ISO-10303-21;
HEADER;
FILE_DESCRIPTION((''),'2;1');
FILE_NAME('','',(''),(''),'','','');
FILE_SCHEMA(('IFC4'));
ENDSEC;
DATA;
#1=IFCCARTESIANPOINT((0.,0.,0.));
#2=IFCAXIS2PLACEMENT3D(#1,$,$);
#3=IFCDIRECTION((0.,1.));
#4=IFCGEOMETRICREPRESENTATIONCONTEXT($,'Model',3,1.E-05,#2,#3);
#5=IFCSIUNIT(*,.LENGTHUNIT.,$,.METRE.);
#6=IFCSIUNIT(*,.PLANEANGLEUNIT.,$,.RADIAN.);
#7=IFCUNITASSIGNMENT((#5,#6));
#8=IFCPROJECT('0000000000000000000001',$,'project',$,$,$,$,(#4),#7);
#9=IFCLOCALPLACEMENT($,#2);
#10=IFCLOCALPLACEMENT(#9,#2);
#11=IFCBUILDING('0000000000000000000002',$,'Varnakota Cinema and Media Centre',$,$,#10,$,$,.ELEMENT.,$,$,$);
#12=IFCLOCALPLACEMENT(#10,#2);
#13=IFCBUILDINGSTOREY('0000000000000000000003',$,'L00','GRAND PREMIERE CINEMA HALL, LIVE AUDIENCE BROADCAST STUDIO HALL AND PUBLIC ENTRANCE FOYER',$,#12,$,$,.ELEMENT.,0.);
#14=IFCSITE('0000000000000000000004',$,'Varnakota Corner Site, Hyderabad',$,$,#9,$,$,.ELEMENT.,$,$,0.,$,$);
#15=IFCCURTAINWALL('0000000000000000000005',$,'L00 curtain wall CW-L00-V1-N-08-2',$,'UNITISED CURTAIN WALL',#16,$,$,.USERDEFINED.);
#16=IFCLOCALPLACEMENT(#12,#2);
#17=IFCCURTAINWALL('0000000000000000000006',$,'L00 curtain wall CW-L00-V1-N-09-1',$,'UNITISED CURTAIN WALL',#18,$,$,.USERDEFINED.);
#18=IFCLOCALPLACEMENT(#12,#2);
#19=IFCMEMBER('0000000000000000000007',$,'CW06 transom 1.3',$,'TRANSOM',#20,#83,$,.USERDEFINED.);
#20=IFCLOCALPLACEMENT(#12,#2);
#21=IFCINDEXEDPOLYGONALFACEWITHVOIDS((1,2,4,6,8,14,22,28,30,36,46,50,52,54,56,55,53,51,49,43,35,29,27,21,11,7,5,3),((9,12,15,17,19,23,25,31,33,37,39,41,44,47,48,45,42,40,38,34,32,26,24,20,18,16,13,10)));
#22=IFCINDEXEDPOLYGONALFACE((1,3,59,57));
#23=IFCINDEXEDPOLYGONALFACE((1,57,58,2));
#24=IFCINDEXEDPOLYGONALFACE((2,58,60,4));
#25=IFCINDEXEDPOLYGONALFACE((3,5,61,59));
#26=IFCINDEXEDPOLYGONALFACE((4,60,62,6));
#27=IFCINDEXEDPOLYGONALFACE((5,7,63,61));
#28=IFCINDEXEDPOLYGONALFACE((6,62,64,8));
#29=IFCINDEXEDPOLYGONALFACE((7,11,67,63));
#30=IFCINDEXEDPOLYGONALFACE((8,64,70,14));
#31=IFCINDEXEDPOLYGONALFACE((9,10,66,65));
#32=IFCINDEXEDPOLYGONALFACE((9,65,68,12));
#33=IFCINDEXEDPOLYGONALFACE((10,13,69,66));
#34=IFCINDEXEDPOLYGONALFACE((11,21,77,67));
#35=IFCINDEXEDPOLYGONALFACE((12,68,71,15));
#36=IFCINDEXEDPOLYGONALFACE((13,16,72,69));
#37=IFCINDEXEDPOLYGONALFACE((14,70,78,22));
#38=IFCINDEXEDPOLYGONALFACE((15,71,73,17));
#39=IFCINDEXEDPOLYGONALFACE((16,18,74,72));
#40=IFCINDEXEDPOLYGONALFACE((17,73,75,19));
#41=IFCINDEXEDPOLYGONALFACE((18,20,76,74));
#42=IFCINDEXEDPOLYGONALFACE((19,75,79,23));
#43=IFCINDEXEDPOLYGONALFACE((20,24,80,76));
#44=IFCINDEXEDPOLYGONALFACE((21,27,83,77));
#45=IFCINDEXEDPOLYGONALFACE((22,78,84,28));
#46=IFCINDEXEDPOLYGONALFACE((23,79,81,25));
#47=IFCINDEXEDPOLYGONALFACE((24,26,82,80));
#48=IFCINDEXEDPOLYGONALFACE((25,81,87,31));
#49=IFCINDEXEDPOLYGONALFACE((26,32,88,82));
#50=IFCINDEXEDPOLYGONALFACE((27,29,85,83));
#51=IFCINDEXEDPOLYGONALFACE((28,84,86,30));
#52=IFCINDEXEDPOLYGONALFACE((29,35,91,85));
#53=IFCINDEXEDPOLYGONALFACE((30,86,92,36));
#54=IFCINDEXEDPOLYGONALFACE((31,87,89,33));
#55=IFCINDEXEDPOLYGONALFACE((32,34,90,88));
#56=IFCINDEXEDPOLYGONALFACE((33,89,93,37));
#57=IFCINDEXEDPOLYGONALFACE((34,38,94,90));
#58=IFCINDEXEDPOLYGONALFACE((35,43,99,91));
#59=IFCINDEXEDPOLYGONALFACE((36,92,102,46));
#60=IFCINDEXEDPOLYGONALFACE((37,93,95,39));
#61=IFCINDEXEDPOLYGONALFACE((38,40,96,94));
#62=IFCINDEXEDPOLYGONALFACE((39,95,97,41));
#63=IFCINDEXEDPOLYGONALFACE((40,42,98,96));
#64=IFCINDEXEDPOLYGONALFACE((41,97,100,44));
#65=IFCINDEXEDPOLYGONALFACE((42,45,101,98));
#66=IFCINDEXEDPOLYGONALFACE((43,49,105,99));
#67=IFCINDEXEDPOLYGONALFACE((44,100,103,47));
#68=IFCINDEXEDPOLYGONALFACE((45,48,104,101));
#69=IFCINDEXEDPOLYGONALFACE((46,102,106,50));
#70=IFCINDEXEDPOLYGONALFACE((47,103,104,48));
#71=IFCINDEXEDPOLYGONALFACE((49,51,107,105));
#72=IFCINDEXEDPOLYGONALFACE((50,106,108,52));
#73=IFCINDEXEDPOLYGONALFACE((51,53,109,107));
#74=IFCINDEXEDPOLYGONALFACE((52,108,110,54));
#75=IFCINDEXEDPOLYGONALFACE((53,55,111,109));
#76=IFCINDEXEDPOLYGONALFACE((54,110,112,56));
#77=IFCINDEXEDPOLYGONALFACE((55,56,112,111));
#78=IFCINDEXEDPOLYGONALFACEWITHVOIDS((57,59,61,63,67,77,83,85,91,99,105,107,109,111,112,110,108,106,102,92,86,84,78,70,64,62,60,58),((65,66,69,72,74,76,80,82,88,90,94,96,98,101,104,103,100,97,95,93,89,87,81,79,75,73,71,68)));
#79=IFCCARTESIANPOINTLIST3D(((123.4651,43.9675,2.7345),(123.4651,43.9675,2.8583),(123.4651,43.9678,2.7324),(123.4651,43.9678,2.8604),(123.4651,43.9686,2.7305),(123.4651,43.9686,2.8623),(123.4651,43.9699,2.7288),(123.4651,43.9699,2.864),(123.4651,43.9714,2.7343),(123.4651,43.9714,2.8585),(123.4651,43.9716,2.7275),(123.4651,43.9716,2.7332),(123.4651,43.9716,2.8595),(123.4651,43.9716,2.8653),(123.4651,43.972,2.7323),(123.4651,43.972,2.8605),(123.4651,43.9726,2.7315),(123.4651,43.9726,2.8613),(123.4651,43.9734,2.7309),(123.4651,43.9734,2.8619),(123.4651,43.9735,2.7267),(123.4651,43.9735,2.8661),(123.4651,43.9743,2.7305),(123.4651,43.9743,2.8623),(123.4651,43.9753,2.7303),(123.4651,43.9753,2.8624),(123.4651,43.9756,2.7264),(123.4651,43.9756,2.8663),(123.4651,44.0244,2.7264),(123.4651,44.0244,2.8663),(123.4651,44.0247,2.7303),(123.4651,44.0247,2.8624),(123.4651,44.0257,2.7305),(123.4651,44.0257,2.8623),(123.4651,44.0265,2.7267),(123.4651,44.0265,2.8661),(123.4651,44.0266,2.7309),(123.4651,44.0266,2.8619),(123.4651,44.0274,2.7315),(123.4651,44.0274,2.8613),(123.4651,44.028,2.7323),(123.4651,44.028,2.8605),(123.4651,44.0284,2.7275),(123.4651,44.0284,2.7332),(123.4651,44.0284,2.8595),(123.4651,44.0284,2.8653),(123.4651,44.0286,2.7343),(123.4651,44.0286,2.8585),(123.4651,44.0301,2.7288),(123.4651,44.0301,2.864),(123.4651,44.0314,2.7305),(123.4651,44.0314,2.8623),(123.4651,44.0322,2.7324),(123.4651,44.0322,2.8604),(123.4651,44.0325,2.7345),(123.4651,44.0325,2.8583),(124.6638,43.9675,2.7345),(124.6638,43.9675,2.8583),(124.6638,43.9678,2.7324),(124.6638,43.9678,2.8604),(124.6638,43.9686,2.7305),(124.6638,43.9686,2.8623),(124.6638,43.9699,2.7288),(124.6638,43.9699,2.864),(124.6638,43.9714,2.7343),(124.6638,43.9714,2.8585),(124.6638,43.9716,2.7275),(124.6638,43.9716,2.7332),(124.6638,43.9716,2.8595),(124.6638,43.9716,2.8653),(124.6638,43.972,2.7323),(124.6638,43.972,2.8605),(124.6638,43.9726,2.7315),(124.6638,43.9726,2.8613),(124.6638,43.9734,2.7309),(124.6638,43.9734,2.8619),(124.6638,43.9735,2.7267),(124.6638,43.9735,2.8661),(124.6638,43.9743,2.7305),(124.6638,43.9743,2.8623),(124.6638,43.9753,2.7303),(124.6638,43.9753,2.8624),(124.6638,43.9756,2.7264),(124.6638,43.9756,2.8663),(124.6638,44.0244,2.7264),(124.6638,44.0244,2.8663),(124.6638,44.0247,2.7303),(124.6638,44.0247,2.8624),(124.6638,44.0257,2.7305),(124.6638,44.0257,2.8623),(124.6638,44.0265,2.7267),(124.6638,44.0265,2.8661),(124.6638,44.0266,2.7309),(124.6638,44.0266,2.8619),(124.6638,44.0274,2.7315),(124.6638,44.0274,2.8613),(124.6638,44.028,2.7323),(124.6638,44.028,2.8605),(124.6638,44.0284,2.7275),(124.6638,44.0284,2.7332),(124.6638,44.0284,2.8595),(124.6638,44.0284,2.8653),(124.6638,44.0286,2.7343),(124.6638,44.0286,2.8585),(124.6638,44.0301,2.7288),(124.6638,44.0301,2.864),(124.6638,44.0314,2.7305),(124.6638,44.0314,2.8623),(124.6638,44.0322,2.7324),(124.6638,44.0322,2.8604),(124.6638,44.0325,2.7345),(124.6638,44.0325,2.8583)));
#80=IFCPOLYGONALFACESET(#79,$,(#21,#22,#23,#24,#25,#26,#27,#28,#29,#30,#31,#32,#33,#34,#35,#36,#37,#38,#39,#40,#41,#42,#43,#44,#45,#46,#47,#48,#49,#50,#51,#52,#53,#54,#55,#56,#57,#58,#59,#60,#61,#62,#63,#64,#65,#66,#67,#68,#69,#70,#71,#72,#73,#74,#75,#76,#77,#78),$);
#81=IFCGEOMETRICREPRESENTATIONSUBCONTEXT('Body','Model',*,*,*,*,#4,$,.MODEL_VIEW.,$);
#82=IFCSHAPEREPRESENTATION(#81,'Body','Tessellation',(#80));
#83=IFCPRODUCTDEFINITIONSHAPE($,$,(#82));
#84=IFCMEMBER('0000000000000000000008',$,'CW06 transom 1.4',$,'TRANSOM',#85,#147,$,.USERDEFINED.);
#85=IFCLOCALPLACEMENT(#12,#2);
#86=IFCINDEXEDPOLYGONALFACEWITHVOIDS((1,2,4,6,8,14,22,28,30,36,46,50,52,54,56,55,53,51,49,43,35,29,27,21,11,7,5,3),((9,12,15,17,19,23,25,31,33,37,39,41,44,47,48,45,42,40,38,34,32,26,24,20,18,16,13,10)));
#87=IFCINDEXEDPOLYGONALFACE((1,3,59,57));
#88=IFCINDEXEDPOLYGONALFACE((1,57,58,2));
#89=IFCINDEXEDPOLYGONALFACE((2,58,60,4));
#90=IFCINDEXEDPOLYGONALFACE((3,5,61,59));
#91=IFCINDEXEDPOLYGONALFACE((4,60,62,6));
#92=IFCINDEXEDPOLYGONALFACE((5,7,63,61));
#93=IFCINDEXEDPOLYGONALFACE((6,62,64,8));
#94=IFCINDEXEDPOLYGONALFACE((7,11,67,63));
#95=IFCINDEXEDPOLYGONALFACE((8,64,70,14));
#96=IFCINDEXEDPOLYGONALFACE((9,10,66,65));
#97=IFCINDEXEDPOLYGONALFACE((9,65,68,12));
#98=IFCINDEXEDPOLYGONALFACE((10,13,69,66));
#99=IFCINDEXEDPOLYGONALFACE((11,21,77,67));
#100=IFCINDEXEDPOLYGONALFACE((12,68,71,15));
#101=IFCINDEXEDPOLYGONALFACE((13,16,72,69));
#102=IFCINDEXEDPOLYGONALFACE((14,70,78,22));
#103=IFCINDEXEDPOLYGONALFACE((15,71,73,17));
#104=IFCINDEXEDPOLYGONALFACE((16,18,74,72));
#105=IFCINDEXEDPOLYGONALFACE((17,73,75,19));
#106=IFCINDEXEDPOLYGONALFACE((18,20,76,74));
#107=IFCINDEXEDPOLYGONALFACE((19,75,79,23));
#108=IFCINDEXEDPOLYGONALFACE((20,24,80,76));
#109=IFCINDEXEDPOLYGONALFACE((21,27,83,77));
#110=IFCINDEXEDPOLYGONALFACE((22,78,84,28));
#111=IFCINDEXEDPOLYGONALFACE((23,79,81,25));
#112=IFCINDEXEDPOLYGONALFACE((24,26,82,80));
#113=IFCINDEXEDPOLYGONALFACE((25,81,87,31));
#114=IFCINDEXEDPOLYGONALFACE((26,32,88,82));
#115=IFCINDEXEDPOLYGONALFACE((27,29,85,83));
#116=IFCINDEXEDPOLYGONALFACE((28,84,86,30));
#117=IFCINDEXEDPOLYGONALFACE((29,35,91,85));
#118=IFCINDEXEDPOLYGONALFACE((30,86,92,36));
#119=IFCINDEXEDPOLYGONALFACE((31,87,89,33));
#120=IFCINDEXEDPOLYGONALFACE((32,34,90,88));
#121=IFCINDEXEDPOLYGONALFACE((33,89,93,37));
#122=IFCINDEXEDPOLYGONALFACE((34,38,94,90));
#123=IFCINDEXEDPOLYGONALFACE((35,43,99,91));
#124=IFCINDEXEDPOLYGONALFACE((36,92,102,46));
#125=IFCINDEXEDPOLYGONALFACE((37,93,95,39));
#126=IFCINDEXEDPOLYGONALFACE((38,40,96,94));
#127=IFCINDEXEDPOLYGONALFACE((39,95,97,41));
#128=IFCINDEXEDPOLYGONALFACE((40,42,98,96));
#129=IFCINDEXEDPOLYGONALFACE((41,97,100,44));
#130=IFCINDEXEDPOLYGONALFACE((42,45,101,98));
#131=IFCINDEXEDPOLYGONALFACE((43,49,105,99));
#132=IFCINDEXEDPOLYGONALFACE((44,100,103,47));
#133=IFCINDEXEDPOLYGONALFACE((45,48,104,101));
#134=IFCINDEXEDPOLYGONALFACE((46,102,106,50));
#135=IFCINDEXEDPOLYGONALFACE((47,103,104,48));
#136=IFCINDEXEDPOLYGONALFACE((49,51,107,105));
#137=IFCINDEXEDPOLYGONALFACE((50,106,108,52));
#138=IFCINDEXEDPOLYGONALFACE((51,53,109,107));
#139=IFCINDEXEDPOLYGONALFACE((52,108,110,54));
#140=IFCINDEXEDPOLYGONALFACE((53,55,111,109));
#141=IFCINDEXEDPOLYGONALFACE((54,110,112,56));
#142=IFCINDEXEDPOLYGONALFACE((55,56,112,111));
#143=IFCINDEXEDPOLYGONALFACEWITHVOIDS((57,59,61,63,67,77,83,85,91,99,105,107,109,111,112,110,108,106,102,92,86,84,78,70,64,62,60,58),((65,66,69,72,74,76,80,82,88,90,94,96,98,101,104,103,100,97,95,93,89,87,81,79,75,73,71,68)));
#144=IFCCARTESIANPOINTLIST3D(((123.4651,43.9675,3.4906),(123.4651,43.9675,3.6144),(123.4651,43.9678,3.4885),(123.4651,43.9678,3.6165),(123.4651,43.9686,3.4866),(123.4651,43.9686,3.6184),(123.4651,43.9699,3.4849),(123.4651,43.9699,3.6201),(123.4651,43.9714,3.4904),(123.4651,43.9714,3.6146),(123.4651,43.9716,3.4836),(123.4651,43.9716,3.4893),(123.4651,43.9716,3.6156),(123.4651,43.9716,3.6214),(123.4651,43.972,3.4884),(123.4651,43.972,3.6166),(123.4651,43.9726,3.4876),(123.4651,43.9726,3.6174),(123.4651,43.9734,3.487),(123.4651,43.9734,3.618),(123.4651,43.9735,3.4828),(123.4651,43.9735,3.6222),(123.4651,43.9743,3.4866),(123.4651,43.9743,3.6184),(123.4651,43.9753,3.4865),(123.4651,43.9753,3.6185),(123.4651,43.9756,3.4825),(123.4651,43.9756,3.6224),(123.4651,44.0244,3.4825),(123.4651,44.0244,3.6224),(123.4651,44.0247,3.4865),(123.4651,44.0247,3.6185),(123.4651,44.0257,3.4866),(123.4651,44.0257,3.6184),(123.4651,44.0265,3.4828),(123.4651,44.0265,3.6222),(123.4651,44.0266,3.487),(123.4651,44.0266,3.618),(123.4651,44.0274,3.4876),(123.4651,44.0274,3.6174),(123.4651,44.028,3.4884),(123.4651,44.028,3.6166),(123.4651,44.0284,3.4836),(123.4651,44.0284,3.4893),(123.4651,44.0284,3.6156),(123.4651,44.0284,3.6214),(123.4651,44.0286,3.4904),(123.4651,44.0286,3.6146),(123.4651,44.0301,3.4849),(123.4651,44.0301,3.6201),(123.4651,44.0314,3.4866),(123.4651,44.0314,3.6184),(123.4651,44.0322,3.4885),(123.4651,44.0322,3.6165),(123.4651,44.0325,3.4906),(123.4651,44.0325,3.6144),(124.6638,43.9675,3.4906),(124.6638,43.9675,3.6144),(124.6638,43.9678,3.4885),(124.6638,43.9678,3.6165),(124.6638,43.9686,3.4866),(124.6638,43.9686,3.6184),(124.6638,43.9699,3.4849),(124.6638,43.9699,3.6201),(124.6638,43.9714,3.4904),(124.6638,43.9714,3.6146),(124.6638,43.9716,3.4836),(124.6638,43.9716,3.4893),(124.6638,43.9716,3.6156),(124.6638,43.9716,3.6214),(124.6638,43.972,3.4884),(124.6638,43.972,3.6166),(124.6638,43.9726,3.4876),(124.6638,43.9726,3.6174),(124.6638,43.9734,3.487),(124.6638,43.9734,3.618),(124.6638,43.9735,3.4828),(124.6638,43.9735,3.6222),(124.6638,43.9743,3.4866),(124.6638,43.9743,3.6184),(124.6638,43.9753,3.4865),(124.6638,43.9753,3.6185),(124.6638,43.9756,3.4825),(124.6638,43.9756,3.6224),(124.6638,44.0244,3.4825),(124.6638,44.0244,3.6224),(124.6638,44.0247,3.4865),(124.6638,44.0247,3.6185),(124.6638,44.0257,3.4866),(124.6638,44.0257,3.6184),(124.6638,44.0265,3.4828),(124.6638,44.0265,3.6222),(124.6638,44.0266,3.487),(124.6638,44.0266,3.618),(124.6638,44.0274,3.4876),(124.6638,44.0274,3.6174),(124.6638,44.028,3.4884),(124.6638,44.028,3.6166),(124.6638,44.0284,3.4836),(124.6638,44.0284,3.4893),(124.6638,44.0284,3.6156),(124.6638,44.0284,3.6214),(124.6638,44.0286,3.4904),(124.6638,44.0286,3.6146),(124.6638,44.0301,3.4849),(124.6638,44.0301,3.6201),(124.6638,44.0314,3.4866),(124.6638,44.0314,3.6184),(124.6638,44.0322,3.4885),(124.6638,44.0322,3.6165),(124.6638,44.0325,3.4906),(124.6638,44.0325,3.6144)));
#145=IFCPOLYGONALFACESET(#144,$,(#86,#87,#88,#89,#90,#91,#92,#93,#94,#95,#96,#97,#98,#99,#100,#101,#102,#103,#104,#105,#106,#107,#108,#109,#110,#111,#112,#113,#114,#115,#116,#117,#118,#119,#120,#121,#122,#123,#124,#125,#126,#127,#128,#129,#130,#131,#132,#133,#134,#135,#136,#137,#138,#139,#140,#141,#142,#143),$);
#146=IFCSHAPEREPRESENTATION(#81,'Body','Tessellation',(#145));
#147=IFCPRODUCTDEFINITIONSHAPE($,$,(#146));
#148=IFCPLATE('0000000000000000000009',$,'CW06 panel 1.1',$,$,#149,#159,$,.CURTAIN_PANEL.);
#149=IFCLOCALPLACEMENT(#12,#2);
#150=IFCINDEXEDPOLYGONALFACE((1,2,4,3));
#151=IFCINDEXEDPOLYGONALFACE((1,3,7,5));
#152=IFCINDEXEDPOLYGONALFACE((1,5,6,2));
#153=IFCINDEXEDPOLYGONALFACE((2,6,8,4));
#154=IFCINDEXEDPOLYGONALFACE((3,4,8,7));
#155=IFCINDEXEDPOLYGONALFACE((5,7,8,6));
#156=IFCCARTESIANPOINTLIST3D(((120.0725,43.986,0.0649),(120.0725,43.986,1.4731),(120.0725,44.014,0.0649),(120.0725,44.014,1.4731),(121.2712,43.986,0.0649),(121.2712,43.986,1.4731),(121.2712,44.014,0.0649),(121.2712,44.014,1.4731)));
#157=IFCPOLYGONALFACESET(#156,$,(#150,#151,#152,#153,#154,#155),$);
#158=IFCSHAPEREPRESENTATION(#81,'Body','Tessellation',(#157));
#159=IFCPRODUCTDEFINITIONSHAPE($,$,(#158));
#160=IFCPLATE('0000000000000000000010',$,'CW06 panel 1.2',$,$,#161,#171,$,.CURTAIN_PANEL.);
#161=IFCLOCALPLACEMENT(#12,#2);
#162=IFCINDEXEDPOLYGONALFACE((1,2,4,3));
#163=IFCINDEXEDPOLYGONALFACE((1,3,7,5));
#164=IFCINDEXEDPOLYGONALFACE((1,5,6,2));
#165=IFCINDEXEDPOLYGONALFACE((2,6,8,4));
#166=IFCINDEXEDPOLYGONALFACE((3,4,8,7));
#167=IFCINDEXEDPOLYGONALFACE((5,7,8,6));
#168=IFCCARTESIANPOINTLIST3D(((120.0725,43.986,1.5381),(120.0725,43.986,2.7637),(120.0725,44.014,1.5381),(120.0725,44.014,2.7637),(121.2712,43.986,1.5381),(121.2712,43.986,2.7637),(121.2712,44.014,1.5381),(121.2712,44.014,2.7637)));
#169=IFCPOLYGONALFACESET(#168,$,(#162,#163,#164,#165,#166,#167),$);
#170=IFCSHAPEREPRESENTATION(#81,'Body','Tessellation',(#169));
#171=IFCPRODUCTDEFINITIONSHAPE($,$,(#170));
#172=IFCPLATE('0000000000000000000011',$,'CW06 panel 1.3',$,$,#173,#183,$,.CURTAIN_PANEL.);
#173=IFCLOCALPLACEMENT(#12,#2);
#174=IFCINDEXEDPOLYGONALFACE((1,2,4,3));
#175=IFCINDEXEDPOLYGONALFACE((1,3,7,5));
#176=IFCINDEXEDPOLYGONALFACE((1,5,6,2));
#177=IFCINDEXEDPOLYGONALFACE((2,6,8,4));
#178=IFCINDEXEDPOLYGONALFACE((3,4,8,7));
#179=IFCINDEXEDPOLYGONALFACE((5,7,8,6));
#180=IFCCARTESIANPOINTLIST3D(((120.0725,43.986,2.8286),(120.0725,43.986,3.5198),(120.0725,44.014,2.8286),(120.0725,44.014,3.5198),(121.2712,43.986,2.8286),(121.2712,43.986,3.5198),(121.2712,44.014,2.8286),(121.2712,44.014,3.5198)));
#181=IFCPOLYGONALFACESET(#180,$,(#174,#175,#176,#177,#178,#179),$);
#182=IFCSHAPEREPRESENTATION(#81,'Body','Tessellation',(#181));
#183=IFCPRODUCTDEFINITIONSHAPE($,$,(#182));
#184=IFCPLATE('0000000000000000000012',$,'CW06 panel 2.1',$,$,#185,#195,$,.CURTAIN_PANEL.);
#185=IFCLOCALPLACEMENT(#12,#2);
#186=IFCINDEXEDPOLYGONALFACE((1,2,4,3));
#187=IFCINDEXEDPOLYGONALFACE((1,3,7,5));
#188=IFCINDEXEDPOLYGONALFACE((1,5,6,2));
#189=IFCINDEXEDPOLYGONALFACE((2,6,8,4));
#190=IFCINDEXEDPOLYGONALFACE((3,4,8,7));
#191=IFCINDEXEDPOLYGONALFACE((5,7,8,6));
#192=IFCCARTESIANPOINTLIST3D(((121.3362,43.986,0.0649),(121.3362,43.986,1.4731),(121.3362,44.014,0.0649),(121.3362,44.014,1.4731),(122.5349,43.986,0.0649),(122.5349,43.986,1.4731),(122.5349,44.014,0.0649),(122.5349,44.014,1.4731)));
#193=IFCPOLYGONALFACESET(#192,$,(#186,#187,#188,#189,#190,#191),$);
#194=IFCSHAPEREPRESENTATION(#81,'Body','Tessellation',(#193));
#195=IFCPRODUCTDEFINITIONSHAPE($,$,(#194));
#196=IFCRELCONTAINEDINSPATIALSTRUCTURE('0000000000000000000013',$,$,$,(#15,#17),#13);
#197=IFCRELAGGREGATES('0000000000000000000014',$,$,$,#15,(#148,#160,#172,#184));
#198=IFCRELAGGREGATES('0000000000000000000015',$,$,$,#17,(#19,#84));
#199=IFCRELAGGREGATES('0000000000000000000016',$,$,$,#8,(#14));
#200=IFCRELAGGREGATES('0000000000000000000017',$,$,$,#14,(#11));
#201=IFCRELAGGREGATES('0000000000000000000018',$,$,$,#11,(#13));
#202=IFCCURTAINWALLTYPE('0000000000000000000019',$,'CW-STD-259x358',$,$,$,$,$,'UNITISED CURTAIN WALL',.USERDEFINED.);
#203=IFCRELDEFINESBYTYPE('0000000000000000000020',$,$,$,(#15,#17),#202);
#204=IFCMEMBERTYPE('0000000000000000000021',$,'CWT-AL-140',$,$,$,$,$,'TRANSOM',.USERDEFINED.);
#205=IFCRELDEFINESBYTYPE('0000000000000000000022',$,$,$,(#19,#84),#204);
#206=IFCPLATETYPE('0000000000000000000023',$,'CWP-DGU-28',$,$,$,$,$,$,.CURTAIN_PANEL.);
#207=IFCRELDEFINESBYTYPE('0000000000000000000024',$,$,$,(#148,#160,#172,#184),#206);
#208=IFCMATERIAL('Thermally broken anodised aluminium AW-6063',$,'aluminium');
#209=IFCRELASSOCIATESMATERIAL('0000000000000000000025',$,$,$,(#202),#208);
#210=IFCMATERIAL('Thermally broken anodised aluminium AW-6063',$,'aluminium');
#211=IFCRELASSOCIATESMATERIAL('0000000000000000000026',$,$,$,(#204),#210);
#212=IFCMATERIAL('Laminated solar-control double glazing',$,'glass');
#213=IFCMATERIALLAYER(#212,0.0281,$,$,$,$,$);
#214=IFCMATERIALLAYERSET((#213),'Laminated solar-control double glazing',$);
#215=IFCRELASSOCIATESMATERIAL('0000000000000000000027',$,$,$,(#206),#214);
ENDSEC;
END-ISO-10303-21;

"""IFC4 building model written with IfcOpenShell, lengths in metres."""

from ifc_helpers import new_model, si_unit, direction, frame, origin, origin_2d, place, context, subcontext, project, spatial, rectangle, hollow_rectangle, extrude, material, layer, layer_set, material_profile, profile_set, type_object, element, aggregate, save


model = new_model("IFC4")

# Units and contexts
model_context = context("Model", 3, precision=1e-05, world=origin(), true_north=direction((0.0, 1.0)))
body_context = subcontext(model_context, "Body", "Model", "MODEL_VIEW")
ifc_project = project(units=[si_unit("LENGTHUNIT", "METRE"), si_unit("PLANEANGLEUNIT", "RADIAN")], contexts=[model_context])

# Site, building, storey
site_placement = place(None, origin())
site = spatial("IfcSite", under=ifc_project, at=site_placement, Name="Varnakota Corner Site, Hyderabad", CompositionType="ELEMENT", RefElevation=0.0)
building_placement = place(site_placement, origin())
building = spatial("IfcBuilding", under=site, at=building_placement, Name="Varnakota Cinema and Media Centre", CompositionType="ELEMENT")
storey_placement = place(building_placement, origin())
storey = spatial("IfcBuildingStorey", under=building, at=storey_placement, Name="L00", Description="GRAND PREMIERE CINEMA HALL, LIVE AUDIENCE BROADCAST STUDIO HALL AND PUBLIC ENTRANCE FOYER", CompositionType="ELEMENT", Elevation=0.0)

# Curtain walls
ifc_material_1 = material(Name="Thermally broken anodised aluminium AW-6063", Category="aluminium")
curtain_wall_type = type_object("IfcCurtainWallType", Name="CW-STD-259x358", ElementType="UNITISED CURTAIN WALL", PredefinedType="USERDEFINED", material=ifc_material_1)
curtain_wall_1_placement = place(storey_placement, origin())
curtain_wall_1 = element("IfcCurtainWall", 1, at=curtain_wall_1_placement, inside=storey, type_object=curtain_wall_type, Name="L00 curtain wall CW-L00-V1-N-08-2", ObjectType="UNITISED CURTAIN WALL", PredefinedType="USERDEFINED")
curtain_wall_2_placement = place(storey_placement, origin())
curtain_wall_2 = element("IfcCurtainWall", 2, at=curtain_wall_2_placement, inside=storey, type_object=curtain_wall_type, Name="L00 curtain wall CW-L00-V1-N-09-1", ObjectType="UNITISED CURTAIN WALL", PredefinedType="USERDEFINED")

# Members
ifc_material_2 = material(Name="Thermally broken anodised aluminium AW-6063", Category="aluminium")
ifc_material_profile_1 = material_profile(ifc_material_2, hollow_rectangle(XDim=0.0649, YDim=0.1399, WallThickness=0.0039, InnerFilletRadius=0.0039, OuterFilletRadius=0.0081, at=origin_2d()), Name="AL-TRANSOM 140x65x4")
ifc_profile_set_1 = profile_set([ifc_material_profile_1], Name="Thermally broken anodised aluminium AW-6063")
member_type_1 = type_object("IfcMemberType", Name="CWT-AL-140", ElementType="TRANSOM", PredefinedType="USERDEFINED", material=ifc_profile_set_1)
member_1_placement = place(storey_placement, frame((123.4651, 44.0, 2.7964), z_axis=(1.0, 0.0, 0.0), x_axis=(0.0, 1.0, 0.0)))
member_1 = element("IfcMember", 3, at=member_1_placement, type_object=member_type_1, Name="CW06 transom 1.3", ObjectType="TRANSOM", PredefinedType="USERDEFINED", context=body_context, shape_type="SweptSolid", body=[
    extrude(hollow_rectangle(XDim=0.0649, YDim=0.1399, WallThickness=0.0039, InnerFilletRadius=0.0039, OuterFilletRadius=0.0081, at=origin_2d()), origin(), (0.0, 0.0, 1.0), 1.1987),
])
member_2_placement = place(storey_placement, frame((123.4651, 44.0, 3.5525), z_axis=(1.0, 0.0, 0.0), x_axis=(0.0, 1.0, 0.0)))
member_2 = element("IfcMember", 4, at=member_2_placement, type_object=member_type_1, Name="CW06 transom 1.4", ObjectType="TRANSOM", PredefinedType="USERDEFINED", context=body_context, shape_type="SweptSolid", body=[
    extrude(hollow_rectangle(XDim=0.0649, YDim=0.1399, WallThickness=0.0039, InnerFilletRadius=0.0039, OuterFilletRadius=0.0081, at=origin_2d()), origin(), (0.0, 0.0, 1.0), 1.1987),
])

# Plates
ifc_material_3 = material(Name="Laminated solar-control double glazing", Category="glass")
ifc_layer = layer(ifc_material_3, 0.0281)
ifc_layer_set = layer_set([ifc_layer], Name="Laminated solar-control double glazing")
plate_type = type_object("IfcPlateType", Name="CWP-DGU-28", PredefinedType="CURTAIN_PANEL", material=ifc_layer_set)
plate_1_placement = place(storey_placement, frame((120.6719, 44.0, 0.0649), z_axis=(0.0, 0.0, 1.0), x_axis=(1.0, 0.0, 0.0)))
plate_1 = element("IfcPlate", 5, at=plate_1_placement, type_object=plate_type, Name="CW06 panel 1.1", PredefinedType="CURTAIN_PANEL", context=body_context, shape_type="SweptSolid", body=[
    extrude(rectangle(XDim=1.1987, YDim=0.0281, at=origin_2d()), origin(), (0.0, 0.0, 1.0), 1.4082),
])
plate_2_placement = place(storey_placement, frame((120.6719, 44.0, 1.5381), z_axis=(0.0, 0.0, 1.0), x_axis=(1.0, 0.0, 0.0)))
plate_2 = element("IfcPlate", 6, at=plate_2_placement, type_object=plate_type, Name="CW06 panel 1.2", PredefinedType="CURTAIN_PANEL", context=body_context, shape_type="SweptSolid", body=[
    extrude(rectangle(XDim=1.1987, YDim=0.0281, at=origin_2d()), origin(), (0.0, 0.0, 1.0), 1.2256),
])
plate_3_placement = place(storey_placement, frame((120.6719, 44.0, 2.8286), z_axis=(0.0, 0.0, 1.0), x_axis=(1.0, 0.0, 0.0)))
plate_3 = element("IfcPlate", 7, at=plate_3_placement, type_object=plate_type, Name="CW06 panel 1.3", PredefinedType="CURTAIN_PANEL", context=body_context, shape_type="SweptSolid", body=[
    extrude(rectangle(XDim=1.1987, YDim=0.0281, at=origin_2d()), origin(), (0.0, 0.0, 1.0), 0.6912),
])
plate_4_placement = place(storey_placement, frame((121.9355, 44.0, 0.0649), z_axis=(0.0, 0.0, 1.0), x_axis=(1.0, 0.0, 0.0)))
plate_4 = element("IfcPlate", 8, at=plate_4_placement, type_object=plate_type, Name="CW06 panel 2.1", PredefinedType="CURTAIN_PANEL", context=body_context, shape_type="SweptSolid", body=[
    extrude(rectangle(XDim=1.1987, YDim=0.0281, at=origin_2d()), origin(), (0.0, 0.0, 1.0), 1.4082),
])
aggregate(curtain_wall_1, [plate_1, plate_2, plate_3, plate_4])
aggregate(curtain_wall_2, [member_1, member_2])

save(model, "model.ifc")
